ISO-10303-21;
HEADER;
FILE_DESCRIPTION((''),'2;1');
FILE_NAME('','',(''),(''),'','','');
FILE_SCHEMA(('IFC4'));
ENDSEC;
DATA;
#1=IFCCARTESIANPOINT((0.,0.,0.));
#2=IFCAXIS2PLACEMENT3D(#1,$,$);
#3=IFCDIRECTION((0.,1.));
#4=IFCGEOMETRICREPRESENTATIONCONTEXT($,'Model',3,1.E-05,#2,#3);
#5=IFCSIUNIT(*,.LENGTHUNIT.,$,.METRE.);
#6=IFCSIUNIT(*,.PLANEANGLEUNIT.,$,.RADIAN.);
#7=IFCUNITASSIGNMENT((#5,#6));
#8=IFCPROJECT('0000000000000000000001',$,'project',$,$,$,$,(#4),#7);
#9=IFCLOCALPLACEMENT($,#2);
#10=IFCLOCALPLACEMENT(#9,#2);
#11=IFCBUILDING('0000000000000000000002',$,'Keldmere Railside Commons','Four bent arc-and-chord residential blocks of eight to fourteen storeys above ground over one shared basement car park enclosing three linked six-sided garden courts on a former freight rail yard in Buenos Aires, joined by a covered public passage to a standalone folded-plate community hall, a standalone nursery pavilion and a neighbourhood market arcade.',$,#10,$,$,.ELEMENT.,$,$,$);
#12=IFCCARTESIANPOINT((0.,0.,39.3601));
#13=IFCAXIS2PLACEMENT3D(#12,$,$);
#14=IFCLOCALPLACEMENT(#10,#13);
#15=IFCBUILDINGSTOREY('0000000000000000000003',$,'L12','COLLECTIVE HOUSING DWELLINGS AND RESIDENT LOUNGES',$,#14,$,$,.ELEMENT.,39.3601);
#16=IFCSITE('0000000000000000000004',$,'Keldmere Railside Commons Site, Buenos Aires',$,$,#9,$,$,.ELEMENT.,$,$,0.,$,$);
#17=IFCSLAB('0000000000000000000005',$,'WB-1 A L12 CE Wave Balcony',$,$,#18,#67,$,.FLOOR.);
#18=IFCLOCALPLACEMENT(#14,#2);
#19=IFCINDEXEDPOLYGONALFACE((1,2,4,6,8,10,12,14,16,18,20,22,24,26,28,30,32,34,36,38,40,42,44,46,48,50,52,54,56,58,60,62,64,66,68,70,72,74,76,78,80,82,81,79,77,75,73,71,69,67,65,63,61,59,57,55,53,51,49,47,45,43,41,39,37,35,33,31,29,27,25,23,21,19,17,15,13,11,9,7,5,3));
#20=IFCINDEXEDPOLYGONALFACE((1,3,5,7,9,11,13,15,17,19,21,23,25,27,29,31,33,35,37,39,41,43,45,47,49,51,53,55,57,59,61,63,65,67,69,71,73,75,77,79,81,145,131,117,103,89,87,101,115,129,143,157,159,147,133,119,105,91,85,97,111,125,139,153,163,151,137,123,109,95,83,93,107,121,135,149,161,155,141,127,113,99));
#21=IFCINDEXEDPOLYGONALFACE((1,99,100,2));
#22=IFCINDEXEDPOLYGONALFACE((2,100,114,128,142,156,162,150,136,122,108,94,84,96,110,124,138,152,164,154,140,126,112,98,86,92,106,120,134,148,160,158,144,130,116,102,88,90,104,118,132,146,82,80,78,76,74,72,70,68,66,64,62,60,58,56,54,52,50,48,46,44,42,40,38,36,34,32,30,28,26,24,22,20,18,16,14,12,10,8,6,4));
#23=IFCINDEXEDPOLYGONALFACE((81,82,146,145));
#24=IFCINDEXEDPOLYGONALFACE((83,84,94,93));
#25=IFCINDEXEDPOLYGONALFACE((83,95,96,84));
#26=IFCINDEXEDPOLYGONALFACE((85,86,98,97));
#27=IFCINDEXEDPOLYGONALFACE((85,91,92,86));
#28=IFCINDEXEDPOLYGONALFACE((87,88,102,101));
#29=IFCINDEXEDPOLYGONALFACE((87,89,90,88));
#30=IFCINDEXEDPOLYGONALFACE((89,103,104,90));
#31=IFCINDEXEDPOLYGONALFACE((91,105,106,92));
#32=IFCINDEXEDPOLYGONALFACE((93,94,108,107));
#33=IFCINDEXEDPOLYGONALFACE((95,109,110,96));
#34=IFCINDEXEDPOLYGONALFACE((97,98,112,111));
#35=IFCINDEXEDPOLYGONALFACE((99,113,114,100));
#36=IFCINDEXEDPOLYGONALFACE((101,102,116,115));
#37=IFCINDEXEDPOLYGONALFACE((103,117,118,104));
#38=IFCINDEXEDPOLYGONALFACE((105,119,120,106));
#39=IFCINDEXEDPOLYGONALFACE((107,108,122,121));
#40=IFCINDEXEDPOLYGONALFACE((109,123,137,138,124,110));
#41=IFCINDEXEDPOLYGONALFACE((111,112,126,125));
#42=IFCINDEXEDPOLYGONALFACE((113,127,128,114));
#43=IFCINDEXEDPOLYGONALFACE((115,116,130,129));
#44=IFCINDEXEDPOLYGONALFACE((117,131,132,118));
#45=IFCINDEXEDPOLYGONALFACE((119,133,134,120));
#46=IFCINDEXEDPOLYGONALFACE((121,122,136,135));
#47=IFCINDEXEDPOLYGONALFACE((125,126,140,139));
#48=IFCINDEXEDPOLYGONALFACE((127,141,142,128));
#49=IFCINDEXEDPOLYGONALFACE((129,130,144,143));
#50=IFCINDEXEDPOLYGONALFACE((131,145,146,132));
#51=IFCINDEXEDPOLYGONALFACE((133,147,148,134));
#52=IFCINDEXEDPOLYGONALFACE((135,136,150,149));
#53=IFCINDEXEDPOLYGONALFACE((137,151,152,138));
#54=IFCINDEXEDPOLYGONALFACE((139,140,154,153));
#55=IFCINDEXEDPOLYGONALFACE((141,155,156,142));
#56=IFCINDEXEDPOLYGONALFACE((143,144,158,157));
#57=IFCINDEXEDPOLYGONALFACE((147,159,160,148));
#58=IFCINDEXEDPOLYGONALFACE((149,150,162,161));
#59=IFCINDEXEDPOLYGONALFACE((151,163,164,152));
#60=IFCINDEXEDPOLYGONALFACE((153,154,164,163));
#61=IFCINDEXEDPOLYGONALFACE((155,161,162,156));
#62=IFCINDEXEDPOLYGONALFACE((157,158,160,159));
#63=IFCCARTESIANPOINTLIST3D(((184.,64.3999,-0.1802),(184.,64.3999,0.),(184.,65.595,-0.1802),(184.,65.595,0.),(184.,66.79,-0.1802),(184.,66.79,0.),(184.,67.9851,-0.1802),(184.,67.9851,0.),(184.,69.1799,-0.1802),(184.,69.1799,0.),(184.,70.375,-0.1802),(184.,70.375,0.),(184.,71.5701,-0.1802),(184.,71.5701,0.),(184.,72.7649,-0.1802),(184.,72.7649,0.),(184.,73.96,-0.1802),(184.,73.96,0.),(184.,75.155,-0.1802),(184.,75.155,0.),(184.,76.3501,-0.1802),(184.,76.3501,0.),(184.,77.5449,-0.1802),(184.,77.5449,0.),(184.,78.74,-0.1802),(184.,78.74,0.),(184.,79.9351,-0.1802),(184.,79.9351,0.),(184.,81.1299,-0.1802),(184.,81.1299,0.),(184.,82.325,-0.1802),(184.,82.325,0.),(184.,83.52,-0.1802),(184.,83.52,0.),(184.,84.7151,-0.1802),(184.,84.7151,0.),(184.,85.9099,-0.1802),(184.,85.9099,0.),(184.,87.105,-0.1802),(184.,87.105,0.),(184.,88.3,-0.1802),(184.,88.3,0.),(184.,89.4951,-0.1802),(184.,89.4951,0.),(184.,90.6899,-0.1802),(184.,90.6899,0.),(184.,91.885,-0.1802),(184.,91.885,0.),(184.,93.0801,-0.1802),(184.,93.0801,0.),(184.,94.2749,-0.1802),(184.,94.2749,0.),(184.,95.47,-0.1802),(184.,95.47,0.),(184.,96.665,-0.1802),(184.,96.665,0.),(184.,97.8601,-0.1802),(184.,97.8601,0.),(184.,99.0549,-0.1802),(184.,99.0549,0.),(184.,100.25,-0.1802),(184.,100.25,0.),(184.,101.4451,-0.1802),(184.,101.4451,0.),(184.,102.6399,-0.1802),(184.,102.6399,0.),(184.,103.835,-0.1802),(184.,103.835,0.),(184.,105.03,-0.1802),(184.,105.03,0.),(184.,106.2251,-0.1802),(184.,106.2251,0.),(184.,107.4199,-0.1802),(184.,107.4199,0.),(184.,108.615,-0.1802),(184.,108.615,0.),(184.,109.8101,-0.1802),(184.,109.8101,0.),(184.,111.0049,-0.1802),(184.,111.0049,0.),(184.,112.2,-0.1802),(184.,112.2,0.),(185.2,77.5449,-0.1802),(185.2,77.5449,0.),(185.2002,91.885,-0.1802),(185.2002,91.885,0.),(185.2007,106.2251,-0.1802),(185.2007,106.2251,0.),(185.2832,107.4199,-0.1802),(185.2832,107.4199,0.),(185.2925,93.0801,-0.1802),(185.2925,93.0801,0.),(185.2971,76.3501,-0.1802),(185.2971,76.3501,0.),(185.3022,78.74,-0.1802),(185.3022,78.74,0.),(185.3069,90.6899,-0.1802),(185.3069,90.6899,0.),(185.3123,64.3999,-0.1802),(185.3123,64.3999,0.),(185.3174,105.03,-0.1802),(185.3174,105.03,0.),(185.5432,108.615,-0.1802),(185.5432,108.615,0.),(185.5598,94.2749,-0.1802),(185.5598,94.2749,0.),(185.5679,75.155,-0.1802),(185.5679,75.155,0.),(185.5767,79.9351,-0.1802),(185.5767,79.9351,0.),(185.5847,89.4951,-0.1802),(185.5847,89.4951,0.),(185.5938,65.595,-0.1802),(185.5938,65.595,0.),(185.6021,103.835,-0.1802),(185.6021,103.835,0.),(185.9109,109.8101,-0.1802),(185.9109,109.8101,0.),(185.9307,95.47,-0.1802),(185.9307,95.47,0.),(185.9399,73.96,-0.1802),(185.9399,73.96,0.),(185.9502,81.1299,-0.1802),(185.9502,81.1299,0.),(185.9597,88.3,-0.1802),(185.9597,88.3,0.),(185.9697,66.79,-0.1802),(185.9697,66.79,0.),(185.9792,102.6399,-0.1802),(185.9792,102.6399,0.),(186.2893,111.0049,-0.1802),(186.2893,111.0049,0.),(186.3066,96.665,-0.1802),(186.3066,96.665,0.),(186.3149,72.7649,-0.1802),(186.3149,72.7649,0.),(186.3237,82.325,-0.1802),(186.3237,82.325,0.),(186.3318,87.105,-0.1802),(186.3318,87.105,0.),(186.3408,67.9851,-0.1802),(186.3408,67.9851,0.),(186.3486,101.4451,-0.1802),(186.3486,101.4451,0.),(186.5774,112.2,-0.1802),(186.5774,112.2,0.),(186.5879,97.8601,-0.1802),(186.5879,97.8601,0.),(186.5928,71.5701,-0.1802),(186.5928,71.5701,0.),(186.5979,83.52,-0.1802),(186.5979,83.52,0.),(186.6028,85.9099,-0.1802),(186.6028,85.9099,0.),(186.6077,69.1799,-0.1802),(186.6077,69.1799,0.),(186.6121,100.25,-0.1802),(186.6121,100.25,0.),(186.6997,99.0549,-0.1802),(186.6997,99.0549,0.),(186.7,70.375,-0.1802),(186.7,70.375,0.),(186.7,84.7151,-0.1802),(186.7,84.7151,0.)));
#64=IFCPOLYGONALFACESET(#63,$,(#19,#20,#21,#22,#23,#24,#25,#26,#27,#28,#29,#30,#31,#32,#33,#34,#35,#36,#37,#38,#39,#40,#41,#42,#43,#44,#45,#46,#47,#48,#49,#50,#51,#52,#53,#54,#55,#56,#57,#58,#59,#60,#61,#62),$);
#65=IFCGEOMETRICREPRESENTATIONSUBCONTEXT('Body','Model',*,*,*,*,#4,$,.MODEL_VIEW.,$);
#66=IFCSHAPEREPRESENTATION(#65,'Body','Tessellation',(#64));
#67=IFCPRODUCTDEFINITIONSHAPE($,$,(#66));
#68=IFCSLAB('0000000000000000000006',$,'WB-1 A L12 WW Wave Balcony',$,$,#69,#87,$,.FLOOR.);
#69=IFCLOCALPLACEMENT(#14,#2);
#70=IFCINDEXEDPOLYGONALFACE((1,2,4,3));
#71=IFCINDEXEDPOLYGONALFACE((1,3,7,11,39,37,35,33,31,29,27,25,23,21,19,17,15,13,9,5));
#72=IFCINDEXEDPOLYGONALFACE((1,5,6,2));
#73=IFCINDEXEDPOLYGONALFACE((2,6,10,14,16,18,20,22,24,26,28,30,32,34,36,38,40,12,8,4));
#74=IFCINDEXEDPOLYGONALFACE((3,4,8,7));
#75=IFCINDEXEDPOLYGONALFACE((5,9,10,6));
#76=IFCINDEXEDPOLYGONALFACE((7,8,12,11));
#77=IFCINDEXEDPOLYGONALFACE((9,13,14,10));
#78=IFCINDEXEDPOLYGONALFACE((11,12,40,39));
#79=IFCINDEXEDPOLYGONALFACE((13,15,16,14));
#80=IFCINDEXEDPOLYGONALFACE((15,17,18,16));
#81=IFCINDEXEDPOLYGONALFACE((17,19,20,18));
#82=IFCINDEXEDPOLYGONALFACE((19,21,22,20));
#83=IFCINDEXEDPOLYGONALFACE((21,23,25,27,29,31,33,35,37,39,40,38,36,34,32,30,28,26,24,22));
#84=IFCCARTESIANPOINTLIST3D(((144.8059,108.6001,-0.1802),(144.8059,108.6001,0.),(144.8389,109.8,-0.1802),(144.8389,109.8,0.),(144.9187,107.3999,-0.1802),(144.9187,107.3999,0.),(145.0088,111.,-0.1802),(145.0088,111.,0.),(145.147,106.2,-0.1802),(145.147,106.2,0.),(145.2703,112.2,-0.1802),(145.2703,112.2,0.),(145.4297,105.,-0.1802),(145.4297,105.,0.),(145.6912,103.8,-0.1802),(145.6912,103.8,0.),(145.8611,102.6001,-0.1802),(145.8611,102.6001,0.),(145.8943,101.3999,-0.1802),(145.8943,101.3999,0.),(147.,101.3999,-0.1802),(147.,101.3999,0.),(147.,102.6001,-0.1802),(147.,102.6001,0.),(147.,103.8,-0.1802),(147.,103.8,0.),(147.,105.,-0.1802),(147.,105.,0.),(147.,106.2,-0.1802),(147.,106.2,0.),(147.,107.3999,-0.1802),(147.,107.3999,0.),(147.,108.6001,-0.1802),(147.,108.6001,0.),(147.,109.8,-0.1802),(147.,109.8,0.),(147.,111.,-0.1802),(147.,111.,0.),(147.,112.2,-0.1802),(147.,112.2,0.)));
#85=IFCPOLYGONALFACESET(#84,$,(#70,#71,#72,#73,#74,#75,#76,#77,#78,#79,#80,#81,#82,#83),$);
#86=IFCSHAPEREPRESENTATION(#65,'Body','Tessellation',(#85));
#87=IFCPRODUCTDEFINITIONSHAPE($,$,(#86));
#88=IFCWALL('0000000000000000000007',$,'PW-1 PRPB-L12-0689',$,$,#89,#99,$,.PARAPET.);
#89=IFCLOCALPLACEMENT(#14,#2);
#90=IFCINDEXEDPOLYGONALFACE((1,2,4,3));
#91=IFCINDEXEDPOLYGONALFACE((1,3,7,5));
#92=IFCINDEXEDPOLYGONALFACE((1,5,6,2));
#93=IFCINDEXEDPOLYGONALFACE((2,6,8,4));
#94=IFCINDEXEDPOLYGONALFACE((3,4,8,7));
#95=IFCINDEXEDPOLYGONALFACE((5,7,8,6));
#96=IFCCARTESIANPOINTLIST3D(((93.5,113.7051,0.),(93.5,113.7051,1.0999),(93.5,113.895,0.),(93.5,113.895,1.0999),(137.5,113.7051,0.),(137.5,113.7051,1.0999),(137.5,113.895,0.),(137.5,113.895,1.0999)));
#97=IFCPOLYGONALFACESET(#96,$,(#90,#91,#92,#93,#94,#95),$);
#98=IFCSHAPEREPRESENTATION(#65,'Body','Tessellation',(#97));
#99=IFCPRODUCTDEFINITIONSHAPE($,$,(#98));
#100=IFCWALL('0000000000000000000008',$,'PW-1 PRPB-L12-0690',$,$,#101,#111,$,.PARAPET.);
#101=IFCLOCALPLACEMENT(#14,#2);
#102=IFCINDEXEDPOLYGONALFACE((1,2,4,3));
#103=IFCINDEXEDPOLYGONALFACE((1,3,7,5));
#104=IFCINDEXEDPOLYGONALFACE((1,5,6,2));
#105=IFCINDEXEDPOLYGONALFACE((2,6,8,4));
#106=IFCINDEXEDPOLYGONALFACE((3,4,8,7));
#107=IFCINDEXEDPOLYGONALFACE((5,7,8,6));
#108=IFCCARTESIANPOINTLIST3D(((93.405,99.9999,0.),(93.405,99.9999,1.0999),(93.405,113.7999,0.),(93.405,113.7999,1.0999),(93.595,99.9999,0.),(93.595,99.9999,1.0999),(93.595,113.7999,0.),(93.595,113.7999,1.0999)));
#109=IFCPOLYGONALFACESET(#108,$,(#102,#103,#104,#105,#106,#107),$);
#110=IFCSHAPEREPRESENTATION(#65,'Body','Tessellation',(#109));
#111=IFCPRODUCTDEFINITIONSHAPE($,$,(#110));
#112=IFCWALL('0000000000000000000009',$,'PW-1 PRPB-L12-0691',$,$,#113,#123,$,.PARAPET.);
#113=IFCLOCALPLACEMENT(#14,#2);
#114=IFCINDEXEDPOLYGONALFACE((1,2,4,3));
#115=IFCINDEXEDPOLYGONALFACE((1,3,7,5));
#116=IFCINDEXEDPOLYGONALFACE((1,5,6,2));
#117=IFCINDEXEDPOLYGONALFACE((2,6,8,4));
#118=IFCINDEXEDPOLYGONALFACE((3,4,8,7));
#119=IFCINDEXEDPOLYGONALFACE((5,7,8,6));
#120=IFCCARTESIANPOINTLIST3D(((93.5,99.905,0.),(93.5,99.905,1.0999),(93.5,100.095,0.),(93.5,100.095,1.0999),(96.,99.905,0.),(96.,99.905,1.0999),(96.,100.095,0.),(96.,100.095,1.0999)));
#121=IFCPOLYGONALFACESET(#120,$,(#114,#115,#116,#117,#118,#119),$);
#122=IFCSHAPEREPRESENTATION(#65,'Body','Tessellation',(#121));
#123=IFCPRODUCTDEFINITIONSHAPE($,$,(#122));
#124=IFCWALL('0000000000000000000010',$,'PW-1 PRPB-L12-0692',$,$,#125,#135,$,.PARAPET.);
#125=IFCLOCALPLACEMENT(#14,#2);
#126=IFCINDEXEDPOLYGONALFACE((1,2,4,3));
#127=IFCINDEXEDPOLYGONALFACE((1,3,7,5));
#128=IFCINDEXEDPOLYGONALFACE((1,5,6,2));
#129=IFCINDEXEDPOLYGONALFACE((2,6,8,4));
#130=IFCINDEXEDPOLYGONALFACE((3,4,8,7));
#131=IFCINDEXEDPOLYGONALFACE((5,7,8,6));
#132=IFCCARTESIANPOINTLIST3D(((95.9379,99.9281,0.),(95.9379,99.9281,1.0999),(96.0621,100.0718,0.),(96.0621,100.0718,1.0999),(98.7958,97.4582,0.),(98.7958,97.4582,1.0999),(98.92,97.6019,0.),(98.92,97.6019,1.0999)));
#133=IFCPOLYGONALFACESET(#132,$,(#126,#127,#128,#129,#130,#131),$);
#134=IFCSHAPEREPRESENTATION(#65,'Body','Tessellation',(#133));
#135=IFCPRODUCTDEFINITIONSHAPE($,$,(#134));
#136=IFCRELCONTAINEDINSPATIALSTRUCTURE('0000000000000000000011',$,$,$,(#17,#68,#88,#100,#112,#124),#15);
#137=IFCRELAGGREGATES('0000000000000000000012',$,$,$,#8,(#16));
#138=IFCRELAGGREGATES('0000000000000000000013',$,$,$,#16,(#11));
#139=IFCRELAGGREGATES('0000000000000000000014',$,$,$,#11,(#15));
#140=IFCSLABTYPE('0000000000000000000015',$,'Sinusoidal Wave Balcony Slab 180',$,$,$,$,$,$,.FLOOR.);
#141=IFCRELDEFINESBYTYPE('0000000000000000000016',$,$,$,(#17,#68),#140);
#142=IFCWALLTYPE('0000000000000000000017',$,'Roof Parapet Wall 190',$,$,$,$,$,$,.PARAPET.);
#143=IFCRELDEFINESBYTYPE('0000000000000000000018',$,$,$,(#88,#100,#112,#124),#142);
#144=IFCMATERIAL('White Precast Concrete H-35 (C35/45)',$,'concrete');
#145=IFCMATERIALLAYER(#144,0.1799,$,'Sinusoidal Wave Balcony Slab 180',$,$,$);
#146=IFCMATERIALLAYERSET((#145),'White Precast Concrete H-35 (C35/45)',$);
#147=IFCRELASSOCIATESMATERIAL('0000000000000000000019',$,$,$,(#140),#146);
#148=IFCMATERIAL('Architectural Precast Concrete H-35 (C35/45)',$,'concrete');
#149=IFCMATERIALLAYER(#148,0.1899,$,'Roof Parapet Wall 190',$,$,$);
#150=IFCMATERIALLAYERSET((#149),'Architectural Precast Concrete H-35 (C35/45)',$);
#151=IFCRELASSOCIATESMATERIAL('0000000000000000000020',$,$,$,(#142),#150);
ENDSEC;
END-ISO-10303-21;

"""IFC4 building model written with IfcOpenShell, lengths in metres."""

from ifc_helpers import new_model, si_unit, direction, frame, frame_2d, origin, place, context, subcontext, project, spatial, polyline, rectangle, outline, extrude, material, layer, layer_set, type_object, element, save


model = new_model("IFC4")

# Units and contexts
model_context = context("Model", 3, precision=1e-05, world=origin(), true_north=direction((0.0, 1.0)))
body_context = subcontext(model_context, "Body", "Model", "MODEL_VIEW")
ifc_project = project(units=[si_unit("LENGTHUNIT", "METRE"), si_unit("PLANEANGLEUNIT", "RADIAN")], contexts=[model_context])

# Site, building, storey
site_placement = place(None, origin())
site = spatial("IfcSite", under=ifc_project, at=site_placement, Name="Keldmere Railside Commons Site, Buenos Aires", CompositionType="ELEMENT", RefElevation=0.0)
building_placement = place(site_placement, origin())
building = spatial("IfcBuilding", under=site, at=building_placement, Name="Keldmere Railside Commons", Description="Four bent arc-and-chord residential blocks of eight to fourteen storeys above ground over one shared basement car park enclosing three linked six-sided garden courts on a former freight rail yard in Buenos Aires, joined by a covered public passage to a standalone folded-plate community hall, a standalone nursery pavilion and a neighbourhood market arcade.", CompositionType="ELEMENT")
storey_placement = place(building_placement, frame((0.0, 0.0, 39.3601)))
storey = spatial("IfcBuildingStorey", under=building, at=storey_placement, Name="L12", Description="COLLECTIVE HOUSING DWELLINGS AND RESIDENT LOUNGES", CompositionType="ELEMENT", Elevation=39.3601)

# Slabs
ifc_material_1 = material(Name="White Precast Concrete H-35 (C35/45)", Category="concrete")
ifc_layer_1 = layer(ifc_material_1, 0.1799, Name="Sinusoidal Wave Balcony Slab 180")
ifc_layer_set_1 = layer_set([ifc_layer_1], Name="White Precast Concrete H-35 (C35/45)")
slab_type_1 = type_object("IfcSlabType", Name="Sinusoidal Wave Balcony Slab 180", PredefinedType="FLOOR", material=ifc_layer_set_1)
slab_1_placement = place(storey_placement, frame((0.0, 0.0, -0.1802)))
element("IfcSlab", 1, at=slab_1_placement, inside=storey, type_object=slab_type_1, Name="WB-1 A L12 CE Wave Balcony", PredefinedType="FLOOR", context=body_context, shape_type="SweptSolid", body=[
    extrude(outline(polyline([(185.3123, 64.3999), (185.5938, 65.595), (185.9697, 66.79), (186.3408, 67.9851), (186.6077, 69.1799), (186.7, 70.375), (186.5928, 71.5701), (186.3149, 72.7649), (185.9399, 73.96), (185.5679, 75.155), (185.2971, 76.3501), (185.2, 77.5449), (185.3022, 78.74), (185.5767, 79.9351), (185.9502, 81.1299), (186.3237, 82.325), (186.5979, 83.52), (186.7, 84.7151), (186.6028, 85.9099), (186.3318, 87.105), (185.9597, 88.3), (185.5847, 89.4951), (185.3069, 90.6899), (185.2002, 91.885), (185.2925, 93.0801), (185.5598, 94.2749), (185.9307, 95.47), (186.3066, 96.665), (186.5879, 97.8601), (186.6997, 99.0549), (186.6121, 100.25), (186.3486, 101.4451), (185.9792, 102.6399), (185.6021, 103.835), (185.3174, 105.03), (185.2007, 106.2251), (185.2832, 107.4199), (185.5432, 108.615), (185.9109, 109.8101), (186.2893, 111.0049), (186.5774, 112.2), (184.0, 112.2), (184.0, 111.0049), (184.0, 109.8101), (184.0, 108.615), (184.0, 107.4199), (184.0, 106.2251), (184.0, 105.03), (184.0, 103.835), (184.0, 102.6399), (184.0, 101.4451), (184.0, 100.25), (184.0, 99.0549), (184.0, 97.8601), (184.0, 96.665), (184.0, 95.47), (184.0, 94.2749), (184.0, 93.0801), (184.0, 91.885), (184.0, 90.6899), (184.0, 89.4951), (184.0, 88.3), (184.0, 87.105), (184.0, 85.9099), (184.0, 84.7151), (184.0, 83.52), (184.0, 82.325), (184.0, 81.1299), (184.0, 79.9351), (184.0, 78.74), (184.0, 77.5449), (184.0, 76.3501), (184.0, 75.155), (184.0, 73.96), (184.0, 72.7649), (184.0, 71.5701), (184.0, 70.375), (184.0, 69.1799), (184.0, 67.9851), (184.0, 66.79), (184.0, 65.595), (184.0, 64.3999), (185.3123, 64.3999)])), origin(), (0.0, 0.0, 1.0), 0.1802),
])
slab_2_placement = place(storey_placement, frame((0.0, 0.0, -0.1802)))
element("IfcSlab", 2, at=slab_2_placement, inside=storey, type_object=slab_type_1, Name="WB-1 A L12 WW Wave Balcony", PredefinedType="FLOOR", context=body_context, shape_type="SweptSolid", body=[
    extrude(outline(polyline([(147.0, 101.3999), (147.0, 102.6001), (147.0, 103.8), (147.0, 105.0), (147.0, 106.2), (147.0, 107.3999), (147.0, 108.6001), (147.0, 109.8), (147.0, 111.0), (147.0, 112.2), (145.2703, 112.2), (145.0088, 111.0), (144.8389, 109.8), (144.8059, 108.6001), (144.9187, 107.3999), (145.147, 106.2), (145.4297, 105.0), (145.6912, 103.8), (145.8611, 102.6001), (145.8943, 101.3999), (147.0, 101.3999)])), origin(), (0.0, 0.0, 1.0), 0.1802),
])

# Walls
ifc_material_2 = material(Name="Architectural Precast Concrete H-35 (C35/45)", Category="concrete")
ifc_layer_2 = layer(ifc_material_2, 0.1899, Name="Roof Parapet Wall 190")
ifc_layer_set_2 = layer_set([ifc_layer_2], Name="Architectural Precast Concrete H-35 (C35/45)")
wall_type = type_object("IfcWallType", Name="Roof Parapet Wall 190", PredefinedType="PARAPET", material=ifc_layer_set_2)
wall_1_placement = place(storey_placement, frame((93.5, 113.8, 0.0), z_axis=(0.0, 0.0, 1.0), x_axis=(1.0, 0.0, 0.0)))
element("IfcWall", 3, at=wall_1_placement, inside=storey, type_object=wall_type, Name="PW-1 PRPB-L12-0689", PredefinedType="PARAPET", context=body_context, shape_type="SweptSolid", body=[
    extrude(rectangle(XDim=44.0, YDim=0.1899, at=frame_2d((22.0, 0.0))), origin(), (0.0, 0.0, 1.0), 1.0999),
])
wall_2_placement = place(storey_placement, frame((93.5, 100.0, 0.0), z_axis=(0.0, 0.0, 1.0), x_axis=(0.0, 1.0, 0.0)))
element("IfcWall", 4, at=wall_2_placement, inside=storey, type_object=wall_type, Name="PW-1 PRPB-L12-0690", PredefinedType="PARAPET", context=body_context, shape_type="SweptSolid", body=[
    extrude(rectangle(XDim=13.8, YDim=0.1899, at=frame_2d((6.8999, 0.0))), origin(), (0.0, 0.0, 1.0), 1.0999),
])
wall_3_placement = place(storey_placement, frame((96.0, 100.0, 0.0), z_axis=(0.0, 0.0, 1.0), x_axis=(-1.0, 0.0, 0.0)))
element("IfcWall", 5, at=wall_3_placement, inside=storey, type_object=wall_type, Name="PW-1 PRPB-L12-0691", PredefinedType="PARAPET", context=body_context, shape_type="SweptSolid", body=[
    extrude(rectangle(XDim=2.5, YDim=0.1899, at=frame_2d((1.25, 0.0))), origin(), (0.0, 0.0, 1.0), 1.0999),
])
wall_4_placement = place(storey_placement, frame((98.8579, 97.53, 0.0), z_axis=(0.0, 0.0, 1.0), x_axis=(-0.75659, 0.653889, 0.0)))
element("IfcWall", 6, at=wall_4_placement, inside=storey, type_object=wall_type, Name="PW-1 PRPB-L12-0692", PredefinedType="PARAPET", context=body_context, shape_type="SweptSolid", body=[
    extrude(rectangle(XDim=3.7773, YDim=0.1899, at=frame_2d((1.8887, 0.0))), origin(), (0.0, 0.0, 1.0), 1.0999),
])

save(model, "model.ifc")
